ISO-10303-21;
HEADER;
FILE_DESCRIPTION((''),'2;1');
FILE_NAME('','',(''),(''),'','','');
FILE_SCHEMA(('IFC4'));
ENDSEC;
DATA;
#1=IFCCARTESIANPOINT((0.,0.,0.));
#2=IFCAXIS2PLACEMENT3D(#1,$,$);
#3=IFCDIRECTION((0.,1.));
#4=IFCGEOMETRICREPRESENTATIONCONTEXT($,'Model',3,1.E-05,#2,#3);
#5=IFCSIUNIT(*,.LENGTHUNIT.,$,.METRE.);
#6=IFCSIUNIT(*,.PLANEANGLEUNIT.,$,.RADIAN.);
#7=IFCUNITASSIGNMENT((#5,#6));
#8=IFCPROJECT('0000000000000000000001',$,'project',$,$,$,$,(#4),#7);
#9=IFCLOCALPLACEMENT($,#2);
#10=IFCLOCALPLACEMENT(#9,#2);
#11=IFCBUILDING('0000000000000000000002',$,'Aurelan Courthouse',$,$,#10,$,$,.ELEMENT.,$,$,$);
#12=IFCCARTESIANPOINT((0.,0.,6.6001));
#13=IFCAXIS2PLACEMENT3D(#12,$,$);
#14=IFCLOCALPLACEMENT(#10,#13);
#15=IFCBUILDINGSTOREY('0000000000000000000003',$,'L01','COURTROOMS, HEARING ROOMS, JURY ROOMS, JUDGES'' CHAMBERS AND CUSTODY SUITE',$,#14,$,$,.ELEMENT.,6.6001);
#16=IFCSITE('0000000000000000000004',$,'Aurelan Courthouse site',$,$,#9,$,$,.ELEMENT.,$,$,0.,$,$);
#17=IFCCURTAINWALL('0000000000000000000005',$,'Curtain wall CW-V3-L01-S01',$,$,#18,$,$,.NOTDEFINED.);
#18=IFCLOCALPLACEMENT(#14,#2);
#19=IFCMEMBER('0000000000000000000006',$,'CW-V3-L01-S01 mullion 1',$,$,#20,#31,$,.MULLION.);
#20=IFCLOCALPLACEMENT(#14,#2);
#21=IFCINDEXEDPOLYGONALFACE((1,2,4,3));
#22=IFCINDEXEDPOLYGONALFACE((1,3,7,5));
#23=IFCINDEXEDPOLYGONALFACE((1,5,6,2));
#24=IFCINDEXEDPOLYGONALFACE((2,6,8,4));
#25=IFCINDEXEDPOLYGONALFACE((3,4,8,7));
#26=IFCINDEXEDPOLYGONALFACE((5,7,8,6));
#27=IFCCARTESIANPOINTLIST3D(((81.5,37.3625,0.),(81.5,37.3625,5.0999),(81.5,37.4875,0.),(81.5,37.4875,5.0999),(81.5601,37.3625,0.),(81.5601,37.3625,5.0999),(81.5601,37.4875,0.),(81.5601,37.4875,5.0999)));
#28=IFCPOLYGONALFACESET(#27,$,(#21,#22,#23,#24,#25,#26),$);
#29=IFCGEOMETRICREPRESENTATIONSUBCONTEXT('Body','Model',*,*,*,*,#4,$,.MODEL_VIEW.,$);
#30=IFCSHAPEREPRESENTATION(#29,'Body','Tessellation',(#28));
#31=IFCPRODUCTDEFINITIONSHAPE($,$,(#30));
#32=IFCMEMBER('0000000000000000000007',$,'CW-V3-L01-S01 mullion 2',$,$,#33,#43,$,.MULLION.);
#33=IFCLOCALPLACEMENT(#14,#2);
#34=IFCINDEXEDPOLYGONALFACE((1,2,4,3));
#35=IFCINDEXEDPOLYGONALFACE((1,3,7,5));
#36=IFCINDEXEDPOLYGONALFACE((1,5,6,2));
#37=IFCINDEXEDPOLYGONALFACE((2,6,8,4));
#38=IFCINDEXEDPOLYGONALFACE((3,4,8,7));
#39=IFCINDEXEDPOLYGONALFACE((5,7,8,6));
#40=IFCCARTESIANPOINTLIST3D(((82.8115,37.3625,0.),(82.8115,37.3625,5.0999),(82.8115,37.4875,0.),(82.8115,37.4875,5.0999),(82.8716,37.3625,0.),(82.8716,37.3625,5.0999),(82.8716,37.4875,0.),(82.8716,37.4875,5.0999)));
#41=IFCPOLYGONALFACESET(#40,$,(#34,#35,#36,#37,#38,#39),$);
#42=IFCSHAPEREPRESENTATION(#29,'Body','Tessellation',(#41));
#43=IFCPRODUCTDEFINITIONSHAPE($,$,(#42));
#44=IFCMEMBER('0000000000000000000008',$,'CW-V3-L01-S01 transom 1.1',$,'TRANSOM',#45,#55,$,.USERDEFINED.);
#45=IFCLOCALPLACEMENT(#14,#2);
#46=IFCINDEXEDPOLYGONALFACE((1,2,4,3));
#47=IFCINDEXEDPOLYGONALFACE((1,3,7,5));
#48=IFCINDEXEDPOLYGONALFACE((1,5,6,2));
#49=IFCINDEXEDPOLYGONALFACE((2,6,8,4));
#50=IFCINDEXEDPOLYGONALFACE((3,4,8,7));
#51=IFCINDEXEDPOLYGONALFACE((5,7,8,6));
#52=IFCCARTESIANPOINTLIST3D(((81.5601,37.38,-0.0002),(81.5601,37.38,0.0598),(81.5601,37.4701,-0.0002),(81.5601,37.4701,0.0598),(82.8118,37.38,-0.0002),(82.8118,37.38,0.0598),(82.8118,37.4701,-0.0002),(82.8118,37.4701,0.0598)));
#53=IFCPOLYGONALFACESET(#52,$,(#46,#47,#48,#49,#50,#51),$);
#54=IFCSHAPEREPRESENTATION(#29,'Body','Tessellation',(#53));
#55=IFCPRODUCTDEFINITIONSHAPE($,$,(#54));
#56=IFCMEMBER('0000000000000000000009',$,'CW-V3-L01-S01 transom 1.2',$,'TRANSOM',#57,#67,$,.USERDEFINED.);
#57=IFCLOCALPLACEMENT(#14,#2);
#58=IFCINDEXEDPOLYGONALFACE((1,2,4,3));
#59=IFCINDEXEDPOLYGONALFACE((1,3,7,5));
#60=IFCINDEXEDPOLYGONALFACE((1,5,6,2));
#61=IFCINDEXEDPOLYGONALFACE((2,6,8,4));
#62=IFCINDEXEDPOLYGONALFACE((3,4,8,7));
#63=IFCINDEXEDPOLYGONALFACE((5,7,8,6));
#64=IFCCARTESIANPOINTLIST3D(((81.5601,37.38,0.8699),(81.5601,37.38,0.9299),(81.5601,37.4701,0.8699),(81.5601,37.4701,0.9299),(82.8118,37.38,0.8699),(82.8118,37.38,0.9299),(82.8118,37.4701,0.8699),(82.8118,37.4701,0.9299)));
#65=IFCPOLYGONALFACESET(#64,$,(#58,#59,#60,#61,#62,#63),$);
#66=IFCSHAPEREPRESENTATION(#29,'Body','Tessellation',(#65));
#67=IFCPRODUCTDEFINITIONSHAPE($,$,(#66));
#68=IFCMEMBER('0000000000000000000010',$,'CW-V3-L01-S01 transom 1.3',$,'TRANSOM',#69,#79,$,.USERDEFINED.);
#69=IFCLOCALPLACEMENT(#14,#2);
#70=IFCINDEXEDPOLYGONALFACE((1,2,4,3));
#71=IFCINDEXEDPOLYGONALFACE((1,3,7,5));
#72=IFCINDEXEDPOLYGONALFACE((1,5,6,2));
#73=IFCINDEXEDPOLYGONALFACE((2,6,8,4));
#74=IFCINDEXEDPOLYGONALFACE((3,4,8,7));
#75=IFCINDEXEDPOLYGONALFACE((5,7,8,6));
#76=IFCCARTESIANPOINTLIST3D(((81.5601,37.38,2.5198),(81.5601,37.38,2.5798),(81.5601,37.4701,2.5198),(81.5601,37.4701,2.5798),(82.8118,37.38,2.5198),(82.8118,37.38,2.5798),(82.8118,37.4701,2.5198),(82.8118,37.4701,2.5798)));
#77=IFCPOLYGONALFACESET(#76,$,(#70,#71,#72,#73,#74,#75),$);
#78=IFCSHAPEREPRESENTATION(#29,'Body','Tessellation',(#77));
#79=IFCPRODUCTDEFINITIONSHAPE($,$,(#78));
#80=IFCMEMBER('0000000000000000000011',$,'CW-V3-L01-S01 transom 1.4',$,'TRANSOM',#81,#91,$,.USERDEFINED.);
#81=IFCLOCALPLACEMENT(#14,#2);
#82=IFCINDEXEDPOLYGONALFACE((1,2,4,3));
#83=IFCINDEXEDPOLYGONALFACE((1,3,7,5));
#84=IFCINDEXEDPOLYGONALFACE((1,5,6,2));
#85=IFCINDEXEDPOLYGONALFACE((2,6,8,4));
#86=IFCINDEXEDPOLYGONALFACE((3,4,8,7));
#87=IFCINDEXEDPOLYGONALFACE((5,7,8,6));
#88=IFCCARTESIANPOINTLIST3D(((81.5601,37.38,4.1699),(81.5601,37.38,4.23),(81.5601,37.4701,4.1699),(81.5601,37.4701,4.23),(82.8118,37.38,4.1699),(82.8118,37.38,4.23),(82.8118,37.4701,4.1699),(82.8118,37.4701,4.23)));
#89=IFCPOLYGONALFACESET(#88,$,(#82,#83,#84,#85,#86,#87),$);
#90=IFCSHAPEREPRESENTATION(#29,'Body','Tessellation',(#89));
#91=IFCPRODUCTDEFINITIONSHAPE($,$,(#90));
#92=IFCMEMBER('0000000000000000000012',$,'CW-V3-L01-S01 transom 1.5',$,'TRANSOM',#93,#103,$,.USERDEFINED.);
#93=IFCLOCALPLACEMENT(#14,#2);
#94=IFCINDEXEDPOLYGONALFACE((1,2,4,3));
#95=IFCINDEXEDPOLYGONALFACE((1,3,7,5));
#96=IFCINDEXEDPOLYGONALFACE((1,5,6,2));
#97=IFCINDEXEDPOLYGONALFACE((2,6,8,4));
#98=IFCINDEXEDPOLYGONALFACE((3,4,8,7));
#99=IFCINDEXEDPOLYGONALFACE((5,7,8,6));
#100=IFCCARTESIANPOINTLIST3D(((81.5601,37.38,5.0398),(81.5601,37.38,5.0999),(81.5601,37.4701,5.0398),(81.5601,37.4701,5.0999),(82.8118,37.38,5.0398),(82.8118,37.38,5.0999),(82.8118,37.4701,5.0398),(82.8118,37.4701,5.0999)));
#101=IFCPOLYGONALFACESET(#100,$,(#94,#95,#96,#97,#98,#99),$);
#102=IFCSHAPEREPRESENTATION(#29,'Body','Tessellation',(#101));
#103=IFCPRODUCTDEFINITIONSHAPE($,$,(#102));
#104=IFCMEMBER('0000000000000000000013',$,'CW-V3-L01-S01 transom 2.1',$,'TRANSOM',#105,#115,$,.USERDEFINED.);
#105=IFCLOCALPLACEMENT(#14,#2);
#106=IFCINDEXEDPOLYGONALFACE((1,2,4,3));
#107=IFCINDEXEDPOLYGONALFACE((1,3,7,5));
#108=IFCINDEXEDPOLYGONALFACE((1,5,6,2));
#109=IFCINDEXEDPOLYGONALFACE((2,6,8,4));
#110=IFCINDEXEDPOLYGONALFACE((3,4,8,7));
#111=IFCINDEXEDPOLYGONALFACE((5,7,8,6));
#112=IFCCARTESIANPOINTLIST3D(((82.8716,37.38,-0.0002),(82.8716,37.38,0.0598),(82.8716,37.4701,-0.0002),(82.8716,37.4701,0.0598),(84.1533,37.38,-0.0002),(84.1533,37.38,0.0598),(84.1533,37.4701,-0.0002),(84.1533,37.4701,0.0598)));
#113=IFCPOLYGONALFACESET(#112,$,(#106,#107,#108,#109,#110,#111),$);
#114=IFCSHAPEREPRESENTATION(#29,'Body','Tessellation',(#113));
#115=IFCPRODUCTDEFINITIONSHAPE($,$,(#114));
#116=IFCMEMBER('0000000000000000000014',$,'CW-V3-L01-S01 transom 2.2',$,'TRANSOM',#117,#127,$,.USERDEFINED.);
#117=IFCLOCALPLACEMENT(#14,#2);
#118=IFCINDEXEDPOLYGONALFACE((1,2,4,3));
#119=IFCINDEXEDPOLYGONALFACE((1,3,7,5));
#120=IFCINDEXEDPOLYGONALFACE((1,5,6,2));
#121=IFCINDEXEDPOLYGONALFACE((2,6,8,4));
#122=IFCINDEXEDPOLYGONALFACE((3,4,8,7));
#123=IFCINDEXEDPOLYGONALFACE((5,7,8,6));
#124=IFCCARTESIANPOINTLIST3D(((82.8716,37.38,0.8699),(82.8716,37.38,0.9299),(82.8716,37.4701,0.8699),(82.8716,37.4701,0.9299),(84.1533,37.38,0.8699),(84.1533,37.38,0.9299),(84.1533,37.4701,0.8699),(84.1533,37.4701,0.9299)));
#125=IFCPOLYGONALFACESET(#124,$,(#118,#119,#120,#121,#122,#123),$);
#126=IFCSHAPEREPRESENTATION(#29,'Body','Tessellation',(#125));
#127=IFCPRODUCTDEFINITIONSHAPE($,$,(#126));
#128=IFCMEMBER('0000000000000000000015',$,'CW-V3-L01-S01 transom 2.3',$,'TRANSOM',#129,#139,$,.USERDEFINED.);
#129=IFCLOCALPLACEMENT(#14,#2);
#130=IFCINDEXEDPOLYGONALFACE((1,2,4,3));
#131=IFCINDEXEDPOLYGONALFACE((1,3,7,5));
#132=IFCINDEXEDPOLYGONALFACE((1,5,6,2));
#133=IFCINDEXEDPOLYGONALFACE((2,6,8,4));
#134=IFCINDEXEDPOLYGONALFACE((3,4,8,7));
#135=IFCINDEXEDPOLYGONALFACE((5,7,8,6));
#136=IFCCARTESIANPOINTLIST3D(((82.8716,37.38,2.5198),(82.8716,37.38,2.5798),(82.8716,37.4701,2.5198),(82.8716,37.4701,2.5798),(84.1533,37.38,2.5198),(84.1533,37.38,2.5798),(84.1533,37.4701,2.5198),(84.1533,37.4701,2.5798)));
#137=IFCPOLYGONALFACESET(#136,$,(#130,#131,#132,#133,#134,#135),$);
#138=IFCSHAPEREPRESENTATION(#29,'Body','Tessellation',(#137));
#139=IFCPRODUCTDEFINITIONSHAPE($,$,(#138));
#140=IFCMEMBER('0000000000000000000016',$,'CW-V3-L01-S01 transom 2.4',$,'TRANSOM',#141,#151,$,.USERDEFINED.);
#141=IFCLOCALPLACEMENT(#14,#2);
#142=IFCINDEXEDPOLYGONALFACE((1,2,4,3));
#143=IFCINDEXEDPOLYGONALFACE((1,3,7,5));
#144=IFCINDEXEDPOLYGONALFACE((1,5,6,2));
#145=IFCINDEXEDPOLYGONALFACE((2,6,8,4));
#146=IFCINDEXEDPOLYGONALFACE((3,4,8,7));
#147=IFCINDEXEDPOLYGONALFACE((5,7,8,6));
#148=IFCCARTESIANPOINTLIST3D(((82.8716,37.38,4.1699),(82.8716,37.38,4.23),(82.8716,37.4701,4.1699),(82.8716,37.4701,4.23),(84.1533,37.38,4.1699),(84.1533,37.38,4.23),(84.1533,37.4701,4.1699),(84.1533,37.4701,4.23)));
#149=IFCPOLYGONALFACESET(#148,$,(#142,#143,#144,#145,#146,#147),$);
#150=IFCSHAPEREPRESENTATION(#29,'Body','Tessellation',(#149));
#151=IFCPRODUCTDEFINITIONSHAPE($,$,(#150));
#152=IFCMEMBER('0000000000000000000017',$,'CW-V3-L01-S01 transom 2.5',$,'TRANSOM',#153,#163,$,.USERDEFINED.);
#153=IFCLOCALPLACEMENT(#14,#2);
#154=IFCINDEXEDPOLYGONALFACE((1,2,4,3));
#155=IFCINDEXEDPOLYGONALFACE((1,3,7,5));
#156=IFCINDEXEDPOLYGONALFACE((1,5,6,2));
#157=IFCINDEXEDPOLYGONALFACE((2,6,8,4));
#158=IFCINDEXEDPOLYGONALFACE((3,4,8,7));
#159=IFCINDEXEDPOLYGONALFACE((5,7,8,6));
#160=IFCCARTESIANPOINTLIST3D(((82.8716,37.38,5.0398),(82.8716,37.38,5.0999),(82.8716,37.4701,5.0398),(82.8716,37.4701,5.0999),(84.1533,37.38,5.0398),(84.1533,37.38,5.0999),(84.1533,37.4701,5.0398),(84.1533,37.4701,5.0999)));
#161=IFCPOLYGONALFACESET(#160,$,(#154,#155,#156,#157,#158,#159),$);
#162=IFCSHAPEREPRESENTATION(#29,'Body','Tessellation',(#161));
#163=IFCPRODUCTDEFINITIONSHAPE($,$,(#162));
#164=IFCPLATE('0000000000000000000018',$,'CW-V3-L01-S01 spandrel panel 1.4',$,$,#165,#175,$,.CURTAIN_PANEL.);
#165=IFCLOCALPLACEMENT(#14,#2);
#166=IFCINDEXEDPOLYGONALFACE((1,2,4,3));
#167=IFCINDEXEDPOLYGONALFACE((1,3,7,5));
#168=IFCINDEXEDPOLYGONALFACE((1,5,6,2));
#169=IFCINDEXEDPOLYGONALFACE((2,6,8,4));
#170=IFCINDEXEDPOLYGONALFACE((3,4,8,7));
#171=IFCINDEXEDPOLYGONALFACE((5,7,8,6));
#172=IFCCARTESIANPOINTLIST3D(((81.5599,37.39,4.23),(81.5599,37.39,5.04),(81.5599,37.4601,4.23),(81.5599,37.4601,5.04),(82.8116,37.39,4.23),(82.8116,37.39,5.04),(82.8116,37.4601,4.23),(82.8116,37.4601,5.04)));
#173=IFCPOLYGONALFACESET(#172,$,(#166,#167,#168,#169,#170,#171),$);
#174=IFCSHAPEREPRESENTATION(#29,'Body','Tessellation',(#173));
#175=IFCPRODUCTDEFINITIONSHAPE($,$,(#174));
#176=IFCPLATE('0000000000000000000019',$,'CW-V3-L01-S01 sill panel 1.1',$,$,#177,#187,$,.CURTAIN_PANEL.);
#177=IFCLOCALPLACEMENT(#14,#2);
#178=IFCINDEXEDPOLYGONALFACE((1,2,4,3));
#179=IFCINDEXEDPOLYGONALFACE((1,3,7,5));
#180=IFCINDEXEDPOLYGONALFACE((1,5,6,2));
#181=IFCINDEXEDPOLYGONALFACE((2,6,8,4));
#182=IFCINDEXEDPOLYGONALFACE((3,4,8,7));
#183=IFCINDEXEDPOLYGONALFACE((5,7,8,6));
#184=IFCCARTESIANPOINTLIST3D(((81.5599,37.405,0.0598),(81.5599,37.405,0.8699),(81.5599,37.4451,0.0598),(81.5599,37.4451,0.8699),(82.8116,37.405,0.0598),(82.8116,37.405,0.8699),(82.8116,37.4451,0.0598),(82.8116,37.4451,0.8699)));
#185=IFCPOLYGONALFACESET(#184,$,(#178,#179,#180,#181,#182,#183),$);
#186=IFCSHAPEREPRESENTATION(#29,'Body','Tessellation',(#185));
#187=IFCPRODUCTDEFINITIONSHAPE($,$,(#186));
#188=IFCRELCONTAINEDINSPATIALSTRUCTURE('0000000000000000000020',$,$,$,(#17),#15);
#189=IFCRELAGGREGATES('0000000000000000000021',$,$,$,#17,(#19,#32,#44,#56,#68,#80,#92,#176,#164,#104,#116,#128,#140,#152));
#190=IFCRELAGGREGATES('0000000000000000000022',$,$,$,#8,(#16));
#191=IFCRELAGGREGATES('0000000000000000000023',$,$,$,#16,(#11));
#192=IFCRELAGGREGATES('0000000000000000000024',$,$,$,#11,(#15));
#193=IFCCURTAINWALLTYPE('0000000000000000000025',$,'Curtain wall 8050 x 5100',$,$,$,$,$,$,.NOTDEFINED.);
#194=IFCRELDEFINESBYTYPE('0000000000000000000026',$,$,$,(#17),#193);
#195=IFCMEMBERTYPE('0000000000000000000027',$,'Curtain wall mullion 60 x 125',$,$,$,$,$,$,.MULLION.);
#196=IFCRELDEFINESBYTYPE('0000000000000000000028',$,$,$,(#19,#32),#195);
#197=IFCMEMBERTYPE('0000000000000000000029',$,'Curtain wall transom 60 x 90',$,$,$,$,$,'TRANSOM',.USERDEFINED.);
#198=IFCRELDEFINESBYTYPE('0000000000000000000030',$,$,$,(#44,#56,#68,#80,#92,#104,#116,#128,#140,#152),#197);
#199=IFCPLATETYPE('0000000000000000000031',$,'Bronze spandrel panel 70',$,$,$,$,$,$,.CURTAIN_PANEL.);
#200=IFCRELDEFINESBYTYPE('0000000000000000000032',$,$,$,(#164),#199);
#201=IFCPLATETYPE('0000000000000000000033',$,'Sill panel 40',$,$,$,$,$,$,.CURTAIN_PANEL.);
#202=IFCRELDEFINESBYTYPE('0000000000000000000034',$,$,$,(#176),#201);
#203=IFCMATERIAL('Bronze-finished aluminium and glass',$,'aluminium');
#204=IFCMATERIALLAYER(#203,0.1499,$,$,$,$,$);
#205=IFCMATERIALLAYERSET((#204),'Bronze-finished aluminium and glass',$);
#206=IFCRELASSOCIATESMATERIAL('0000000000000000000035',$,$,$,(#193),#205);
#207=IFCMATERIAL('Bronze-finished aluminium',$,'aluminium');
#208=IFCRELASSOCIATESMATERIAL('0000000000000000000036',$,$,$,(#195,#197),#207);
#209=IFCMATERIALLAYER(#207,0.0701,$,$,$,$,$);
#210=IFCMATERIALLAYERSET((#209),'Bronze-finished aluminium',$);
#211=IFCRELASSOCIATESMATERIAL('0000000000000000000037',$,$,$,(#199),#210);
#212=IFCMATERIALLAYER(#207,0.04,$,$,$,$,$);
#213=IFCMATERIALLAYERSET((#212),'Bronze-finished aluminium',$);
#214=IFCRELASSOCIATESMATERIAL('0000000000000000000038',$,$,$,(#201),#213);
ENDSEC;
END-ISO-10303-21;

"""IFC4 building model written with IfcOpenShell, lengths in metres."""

from ifc_helpers import new_model, si_unit, direction, frame, origin, origin_2d, place, context, subcontext, project, spatial, rectangle, extrude, material, layer, layer_set, material_profile, profile_set, type_object, element, aggregate, save


model = new_model("IFC4")

# Units and contexts
model_context = context("Model", 3, precision=1e-05, world=origin(), true_north=direction((0.0, 1.0)))
body_context = subcontext(model_context, "Body", "Model", "MODEL_VIEW")
ifc_project = project(units=[si_unit("LENGTHUNIT", "METRE"), si_unit("PLANEANGLEUNIT", "RADIAN")], contexts=[model_context])

# Site, building, storey
site_placement = place(None, origin())
site = spatial("IfcSite", under=ifc_project, at=site_placement, Name="Aurelan Courthouse site", CompositionType="ELEMENT", RefElevation=0.0)
building_placement = place(site_placement, origin())
building = spatial("IfcBuilding", under=site, at=building_placement, Name="Aurelan Courthouse", CompositionType="ELEMENT")
storey_placement = place(building_placement, frame((0.0, 0.0, 6.6001)))
storey = spatial("IfcBuildingStorey", under=building, at=storey_placement, Name="L01", Description="COURTROOMS, HEARING ROOMS, JURY ROOMS, JUDGES' CHAMBERS AND CUSTODY SUITE", CompositionType="ELEMENT", Elevation=6.6001)

# Curtain wall, members, plates
ifc_material_1 = material(Name="Bronze-finished aluminium and glass", Category="aluminium")
ifc_layer_1 = layer(ifc_material_1, 0.1499)
ifc_layer_set_1 = layer_set([ifc_layer_1], Name="Bronze-finished aluminium and glass")
curtain_wall_type = type_object("IfcCurtainWallType", Name="Curtain wall 8050 x 5100", PredefinedType="NOTDEFINED", material=ifc_layer_set_1)
curtain_wall_placement = place(storey_placement, origin())
curtain_wall = element("IfcCurtainWall", 1, at=curtain_wall_placement, inside=storey, type_object=curtain_wall_type, Name="Curtain wall CW-V3-L01-S01", PredefinedType="NOTDEFINED")
ifc_material_2 = material(Name="Bronze-finished aluminium", Category="aluminium")
ifc_material_profile_1 = material_profile(ifc_material_2, rectangle(XDim=0.125, YDim=0.0601, at=origin_2d()), Name="Bronze mullion 60 x 125")
ifc_profile_set_1 = profile_set([ifc_material_profile_1], Name="Bronze-finished aluminium")
member_type_1 = type_object("IfcMemberType", Name="Curtain wall mullion 60 x 125", PredefinedType="MULLION", material=ifc_profile_set_1)
member_1_placement = place(storey_placement, frame((81.53, 37.425, 0.0), z_axis=(0.0, 0.0, 1.0), x_axis=(0.0, 1.0, 0.0)))
member_1 = element("IfcMember", 2, at=member_1_placement, type_object=member_type_1, Name="CW-V3-L01-S01 mullion 1", PredefinedType="MULLION", context=body_context, shape_type="SweptSolid", body=[
    extrude(rectangle(XDim=0.125, YDim=0.0601, at=origin_2d()), origin(), (0.0, 0.0, 1.0), 5.0999),
])
member_2_placement = place(storey_placement, frame((82.8416, 37.425, 0.0), z_axis=(0.0, 0.0, 1.0), x_axis=(0.0, 1.0, 0.0)))
member_2 = element("IfcMember", 3, at=member_2_placement, type_object=member_type_1, Name="CW-V3-L01-S01 mullion 2", PredefinedType="MULLION", context=body_context, shape_type="SweptSolid", body=[
    extrude(rectangle(XDim=0.125, YDim=0.0601, at=origin_2d()), origin(), (0.0, 0.0, 1.0), 5.0999),
])
ifc_material_profile_2 = material_profile(ifc_material_2, rectangle(XDim=0.0901, YDim=0.0601, at=origin_2d()), Name="Bronze transom 60 x 90")
ifc_profile_set_2 = profile_set([ifc_material_profile_2], Name="Bronze-finished aluminium")
member_type_2 = type_object("IfcMemberType", Name="Curtain wall transom 60 x 90", ElementType="TRANSOM", PredefinedType="USERDEFINED", material=ifc_profile_set_2)
member_3_placement = place(storey_placement, frame((81.5601, 37.425, 0.0298), z_axis=(1.0, 0.0, 0.0), x_axis=(0.0, 1.0, 0.0)))
member_3 = element("IfcMember", 4, at=member_3_placement, type_object=member_type_2, Name="CW-V3-L01-S01 transom 1.1", ObjectType="TRANSOM", PredefinedType="USERDEFINED", context=body_context, shape_type="SweptSolid", body=[
    extrude(rectangle(XDim=0.0901, YDim=0.0601, at=origin_2d()), origin(), (0.0, 0.0, 1.0), 1.2517),
])
member_4_placement = place(storey_placement, frame((81.5601, 37.425, 0.8999), z_axis=(1.0, 0.0, 0.0), x_axis=(0.0, 1.0, 0.0)))
member_4 = element("IfcMember", 5, at=member_4_placement, type_object=member_type_2, Name="CW-V3-L01-S01 transom 1.2", ObjectType="TRANSOM", PredefinedType="USERDEFINED", context=body_context, shape_type="SweptSolid", body=[
    extrude(rectangle(XDim=0.0901, YDim=0.0601, at=origin_2d()), origin(), (0.0, 0.0, 1.0), 1.2517),
])
member_5_placement = place(storey_placement, frame((81.5601, 37.425, 2.5498), z_axis=(1.0, 0.0, 0.0), x_axis=(0.0, 1.0, 0.0)))
member_5 = element("IfcMember", 6, at=member_5_placement, type_object=member_type_2, Name="CW-V3-L01-S01 transom 1.3", ObjectType="TRANSOM", PredefinedType="USERDEFINED", context=body_context, shape_type="SweptSolid", body=[
    extrude(rectangle(XDim=0.0901, YDim=0.0601, at=origin_2d()), origin(), (0.0, 0.0, 1.0), 1.2517),
])
member_6_placement = place(storey_placement, frame((81.5601, 37.425, 4.2), z_axis=(1.0, 0.0, 0.0), x_axis=(0.0, 1.0, 0.0)))
member_6 = element("IfcMember", 7, at=member_6_placement, type_object=member_type_2, Name="CW-V3-L01-S01 transom 1.4", ObjectType="TRANSOM", PredefinedType="USERDEFINED", context=body_context, shape_type="SweptSolid", body=[
    extrude(rectangle(XDim=0.0901, YDim=0.0601, at=origin_2d()), origin(), (0.0, 0.0, 1.0), 1.2517),
])
member_7_placement = place(storey_placement, frame((81.5601, 37.425, 5.0698), z_axis=(1.0, 0.0, 0.0), x_axis=(0.0, 1.0, 0.0)))
member_7 = element("IfcMember", 8, at=member_7_placement, type_object=member_type_2, Name="CW-V3-L01-S01 transom 1.5", ObjectType="TRANSOM", PredefinedType="USERDEFINED", context=body_context, shape_type="SweptSolid", body=[
    extrude(rectangle(XDim=0.0901, YDim=0.0601, at=origin_2d()), origin(), (0.0, 0.0, 1.0), 1.2517),
])
member_8_placement = place(storey_placement, frame((82.8716, 37.425, 0.0298), z_axis=(1.0, 0.0, 0.0), x_axis=(0.0, 1.0, 0.0)))
member_8 = element("IfcMember", 9, at=member_8_placement, type_object=member_type_2, Name="CW-V3-L01-S01 transom 2.1", ObjectType="TRANSOM", PredefinedType="USERDEFINED", context=body_context, shape_type="SweptSolid", body=[
    extrude(rectangle(XDim=0.0901, YDim=0.0601, at=origin_2d()), origin(), (0.0, 0.0, 1.0), 1.2817),
])
member_9_placement = place(storey_placement, frame((82.8716, 37.425, 0.8999), z_axis=(1.0, 0.0, 0.0), x_axis=(0.0, 1.0, 0.0)))
member_9 = element("IfcMember", 10, at=member_9_placement, type_object=member_type_2, Name="CW-V3-L01-S01 transom 2.2", ObjectType="TRANSOM", PredefinedType="USERDEFINED", context=body_context, shape_type="SweptSolid", body=[
    extrude(rectangle(XDim=0.0901, YDim=0.0601, at=origin_2d()), origin(), (0.0, 0.0, 1.0), 1.2817),
])
member_10_placement = place(storey_placement, frame((82.8716, 37.425, 2.5498), z_axis=(1.0, 0.0, 0.0), x_axis=(0.0, 1.0, 0.0)))
member_10 = element("IfcMember", 11, at=member_10_placement, type_object=member_type_2, Name="CW-V3-L01-S01 transom 2.3", ObjectType="TRANSOM", PredefinedType="USERDEFINED", context=body_context, shape_type="SweptSolid", body=[
    extrude(rectangle(XDim=0.0901, YDim=0.0601, at=origin_2d()), origin(), (0.0, 0.0, 1.0), 1.2817),
])
member_11_placement = place(storey_placement, frame((82.8716, 37.425, 4.2), z_axis=(1.0, 0.0, 0.0), x_axis=(0.0, 1.0, 0.0)))
member_11 = element("IfcMember", 12, at=member_11_placement, type_object=member_type_2, Name="CW-V3-L01-S01 transom 2.4", ObjectType="TRANSOM", PredefinedType="USERDEFINED", context=body_context, shape_type="SweptSolid", body=[
    extrude(rectangle(XDim=0.0901, YDim=0.0601, at=origin_2d()), origin(), (0.0, 0.0, 1.0), 1.2817),
])
member_12_placement = place(storey_placement, frame((82.8716, 37.425, 5.0698), z_axis=(1.0, 0.0, 0.0), x_axis=(0.0, 1.0, 0.0)))
member_12 = element("IfcMember", 13, at=member_12_placement, type_object=member_type_2, Name="CW-V3-L01-S01 transom 2.5", ObjectType="TRANSOM", PredefinedType="USERDEFINED", context=body_context, shape_type="SweptSolid", body=[
    extrude(rectangle(XDim=0.0901, YDim=0.0601, at=origin_2d()), origin(), (0.0, 0.0, 1.0), 1.2817),
])
ifc_layer_2 = layer(ifc_material_2, 0.0701)
ifc_layer_set_2 = layer_set([ifc_layer_2], Name="Bronze-finished aluminium")
plate_type_1 = type_object("IfcPlateType", Name="Bronze spandrel panel 70", PredefinedType="CURTAIN_PANEL", material=ifc_layer_set_2)
plate_1_placement = place(storey_placement, frame((82.1858, 37.425, 4.23), z_axis=(0.0, 0.0, 1.0), x_axis=(1.0, 0.0, 0.0)))
plate_1 = element("IfcPlate", 14, at=plate_1_placement, type_object=plate_type_1, Name="CW-V3-L01-S01 spandrel panel 1.4", PredefinedType="CURTAIN_PANEL", context=body_context, shape_type="SweptSolid", body=[
    extrude(rectangle(XDim=1.2517, YDim=0.0701, at=origin_2d()), origin(), (0.0, 0.0, 1.0), 0.8101),
])
ifc_layer_3 = layer(ifc_material_2, 0.04)
ifc_layer_set_3 = layer_set([ifc_layer_3], Name="Bronze-finished aluminium")
plate_type_2 = type_object("IfcPlateType", Name="Sill panel 40", PredefinedType="CURTAIN_PANEL", material=ifc_layer_set_3)
plate_2_placement = place(storey_placement, frame((82.1858, 37.425, 0.0598), z_axis=(0.0, 0.0, 1.0), x_axis=(1.0, 0.0, 0.0)))
plate_2 = element("IfcPlate", 15, at=plate_2_placement, type_object=plate_type_2, Name="CW-V3-L01-S01 sill panel 1.1", PredefinedType="CURTAIN_PANEL", context=body_context, shape_type="SweptSolid", body=[
    extrude(rectangle(XDim=1.2517, YDim=0.04, at=origin_2d()), origin(), (0.0, 0.0, 1.0), 0.8101),
])
aggregate(curtain_wall, [member_1, member_2, member_3, member_4, member_5, member_6, member_7, plate_2, plate_1, member_8, member_9, member_10, member_11, member_12])

save(model, "model.ifc")
